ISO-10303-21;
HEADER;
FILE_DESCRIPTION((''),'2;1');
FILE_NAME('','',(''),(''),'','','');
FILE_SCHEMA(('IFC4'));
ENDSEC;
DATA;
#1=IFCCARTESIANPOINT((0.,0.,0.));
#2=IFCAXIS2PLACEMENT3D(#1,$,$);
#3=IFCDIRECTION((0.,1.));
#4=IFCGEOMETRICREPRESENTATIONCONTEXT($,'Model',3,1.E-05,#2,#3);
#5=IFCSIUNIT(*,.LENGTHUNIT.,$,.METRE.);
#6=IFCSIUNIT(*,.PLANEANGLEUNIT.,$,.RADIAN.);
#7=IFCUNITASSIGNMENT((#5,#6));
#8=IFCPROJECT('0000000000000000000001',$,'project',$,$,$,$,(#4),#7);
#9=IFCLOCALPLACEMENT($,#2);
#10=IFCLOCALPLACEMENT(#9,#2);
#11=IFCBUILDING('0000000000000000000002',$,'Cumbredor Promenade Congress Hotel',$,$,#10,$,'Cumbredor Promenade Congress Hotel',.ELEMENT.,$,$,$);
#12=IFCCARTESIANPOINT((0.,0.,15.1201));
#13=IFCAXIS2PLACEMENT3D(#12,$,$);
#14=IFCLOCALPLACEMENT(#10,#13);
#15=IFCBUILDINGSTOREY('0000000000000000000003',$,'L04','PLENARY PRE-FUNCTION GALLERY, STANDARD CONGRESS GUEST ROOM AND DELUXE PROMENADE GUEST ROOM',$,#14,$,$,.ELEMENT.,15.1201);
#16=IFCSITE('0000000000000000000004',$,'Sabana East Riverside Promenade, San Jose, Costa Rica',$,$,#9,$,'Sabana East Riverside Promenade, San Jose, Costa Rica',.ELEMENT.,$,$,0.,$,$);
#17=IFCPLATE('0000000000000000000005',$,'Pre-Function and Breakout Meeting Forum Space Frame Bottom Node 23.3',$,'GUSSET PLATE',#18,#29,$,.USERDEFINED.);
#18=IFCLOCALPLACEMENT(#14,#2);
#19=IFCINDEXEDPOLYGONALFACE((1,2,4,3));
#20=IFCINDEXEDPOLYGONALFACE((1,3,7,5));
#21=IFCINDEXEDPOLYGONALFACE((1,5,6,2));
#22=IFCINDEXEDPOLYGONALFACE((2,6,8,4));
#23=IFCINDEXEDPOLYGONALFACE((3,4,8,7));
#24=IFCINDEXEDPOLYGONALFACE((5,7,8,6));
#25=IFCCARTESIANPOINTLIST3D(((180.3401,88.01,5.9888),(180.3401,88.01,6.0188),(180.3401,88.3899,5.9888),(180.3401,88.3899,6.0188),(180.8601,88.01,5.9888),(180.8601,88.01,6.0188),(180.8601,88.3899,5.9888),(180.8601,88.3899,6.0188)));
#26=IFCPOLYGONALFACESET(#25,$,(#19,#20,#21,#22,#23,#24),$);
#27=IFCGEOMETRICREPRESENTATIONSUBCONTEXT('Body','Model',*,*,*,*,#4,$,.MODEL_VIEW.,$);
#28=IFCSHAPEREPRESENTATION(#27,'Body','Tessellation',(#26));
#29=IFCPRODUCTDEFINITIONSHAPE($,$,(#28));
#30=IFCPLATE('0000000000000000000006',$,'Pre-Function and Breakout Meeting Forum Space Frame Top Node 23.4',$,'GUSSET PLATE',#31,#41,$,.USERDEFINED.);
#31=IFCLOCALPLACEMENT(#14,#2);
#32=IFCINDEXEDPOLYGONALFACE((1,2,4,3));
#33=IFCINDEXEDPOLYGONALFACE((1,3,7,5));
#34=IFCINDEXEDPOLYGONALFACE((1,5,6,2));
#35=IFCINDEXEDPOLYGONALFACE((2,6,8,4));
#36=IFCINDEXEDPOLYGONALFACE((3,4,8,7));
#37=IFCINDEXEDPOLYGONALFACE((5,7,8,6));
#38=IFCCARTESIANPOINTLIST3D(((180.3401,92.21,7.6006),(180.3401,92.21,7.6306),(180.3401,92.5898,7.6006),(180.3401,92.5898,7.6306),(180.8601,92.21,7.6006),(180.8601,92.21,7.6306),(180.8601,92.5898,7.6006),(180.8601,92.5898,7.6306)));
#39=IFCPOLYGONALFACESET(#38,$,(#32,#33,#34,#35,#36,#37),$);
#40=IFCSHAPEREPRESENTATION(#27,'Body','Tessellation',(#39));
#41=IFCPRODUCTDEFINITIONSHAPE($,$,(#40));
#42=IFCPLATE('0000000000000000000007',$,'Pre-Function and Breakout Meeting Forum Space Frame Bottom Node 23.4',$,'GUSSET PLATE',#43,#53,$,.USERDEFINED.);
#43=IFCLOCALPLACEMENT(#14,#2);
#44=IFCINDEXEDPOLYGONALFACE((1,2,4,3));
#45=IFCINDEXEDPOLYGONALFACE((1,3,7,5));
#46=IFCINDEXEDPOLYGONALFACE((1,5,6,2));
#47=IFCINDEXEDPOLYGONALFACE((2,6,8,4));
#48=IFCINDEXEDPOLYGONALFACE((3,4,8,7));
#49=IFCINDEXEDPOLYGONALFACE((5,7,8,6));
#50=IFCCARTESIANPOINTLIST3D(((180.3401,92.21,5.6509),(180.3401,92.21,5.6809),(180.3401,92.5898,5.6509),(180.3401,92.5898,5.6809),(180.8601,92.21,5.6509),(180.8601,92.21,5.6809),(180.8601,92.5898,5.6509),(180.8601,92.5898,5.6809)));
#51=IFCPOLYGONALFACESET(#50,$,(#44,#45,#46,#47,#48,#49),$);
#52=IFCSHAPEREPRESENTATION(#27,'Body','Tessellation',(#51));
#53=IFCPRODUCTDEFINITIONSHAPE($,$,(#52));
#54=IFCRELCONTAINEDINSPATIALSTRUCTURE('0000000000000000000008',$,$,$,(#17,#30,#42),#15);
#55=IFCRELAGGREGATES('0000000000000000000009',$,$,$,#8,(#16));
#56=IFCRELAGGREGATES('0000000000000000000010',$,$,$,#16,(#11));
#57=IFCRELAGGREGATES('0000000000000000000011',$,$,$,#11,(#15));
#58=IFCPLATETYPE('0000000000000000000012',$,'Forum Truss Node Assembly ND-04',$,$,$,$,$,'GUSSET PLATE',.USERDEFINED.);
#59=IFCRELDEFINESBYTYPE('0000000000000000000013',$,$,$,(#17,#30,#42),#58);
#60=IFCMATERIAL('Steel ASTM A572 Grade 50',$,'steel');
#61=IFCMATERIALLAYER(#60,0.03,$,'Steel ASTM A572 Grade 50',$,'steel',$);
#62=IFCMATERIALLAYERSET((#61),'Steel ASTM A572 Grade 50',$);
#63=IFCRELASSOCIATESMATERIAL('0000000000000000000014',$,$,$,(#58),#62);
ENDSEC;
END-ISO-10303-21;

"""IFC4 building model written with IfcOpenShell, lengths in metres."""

from ifc_helpers import new_model, si_unit, direction, frame, origin, origin_2d, place, context, subcontext, project, spatial, rectangle, extrude, material, layer, layer_set, type_object, element, save


model = new_model("IFC4")

# Units and contexts
model_context = context("Model", 3, precision=1e-05, world=origin(), true_north=direction((0.0, 1.0)))
body_context = subcontext(model_context, "Body", "Model", "MODEL_VIEW")
ifc_project = project(units=[si_unit("LENGTHUNIT", "METRE"), si_unit("PLANEANGLEUNIT", "RADIAN")], contexts=[model_context])

# Site, building, storey
site_placement = place(None, origin())
site = spatial("IfcSite", under=ifc_project, at=site_placement, Name="Sabana East Riverside Promenade, San Jose, Costa Rica", LongName="Sabana East Riverside Promenade, San Jose, Costa Rica", CompositionType="ELEMENT", RefElevation=0.0)
building_placement = place(site_placement, origin())
building = spatial("IfcBuilding", under=site, at=building_placement, Name="Cumbredor Promenade Congress Hotel", LongName="Cumbredor Promenade Congress Hotel", CompositionType="ELEMENT")
storey_placement = place(building_placement, frame((0.0, 0.0, 15.1201)))
storey = spatial("IfcBuildingStorey", under=building, at=storey_placement, Name="L04", Description="PLENARY PRE-FUNCTION GALLERY, STANDARD CONGRESS GUEST ROOM AND DELUXE PROMENADE GUEST ROOM", CompositionType="ELEMENT", Elevation=15.1201)

# Plates
ifc_material_1 = material(Name="Steel ASTM A572 Grade 50", Category="steel")
ifc_layer_1 = layer(ifc_material_1, 0.03, Name="Steel ASTM A572 Grade 50", Category="steel")
ifc_layer_set_1 = layer_set([ifc_layer_1], Name="Steel ASTM A572 Grade 50")
plate_type_1 = type_object("IfcPlateType", Name="Forum Truss Node Assembly ND-04", ElementType="GUSSET PLATE", PredefinedType="USERDEFINED", material=ifc_layer_set_1)
for number, where, z_axis, x_axis, name in (
    (1, (180.6001, 88.2, 5.9888), (0.0, 0.0, 1.0), (1.0, 0.0, 0.0), "Pre-Function and Breakout Meeting Forum Space Frame Bottom Node 23.3"),
    (2, (180.6001, 92.3999, 7.6006), (0.0, 0.0, 1.0), (1.0, 0.0, 0.0), "Pre-Function and Breakout Meeting Forum Space Frame Top Node 23.4"),
    (3, (180.6001, 92.3999, 5.6509), (0.0, 0.0, 1.0), (1.0, 0.0, 0.0), "Pre-Function and Breakout Meeting Forum Space Frame Bottom Node 23.4"),
):
    element("IfcPlate", number, at=place(storey_placement, frame(where, z_axis=z_axis, x_axis=x_axis)), inside=storey, type_object=plate_type_1, Name=name, ObjectType="GUSSET PLATE", PredefinedType="USERDEFINED", context=body_context, shape_type="SweptSolid", body=[
        extrude(rectangle(XDim=0.52, YDim=0.3799, at=origin_2d()), origin(), (0.0, 0.0, 1.0), 0.03),
    ])

save(model, "model.ifc")
